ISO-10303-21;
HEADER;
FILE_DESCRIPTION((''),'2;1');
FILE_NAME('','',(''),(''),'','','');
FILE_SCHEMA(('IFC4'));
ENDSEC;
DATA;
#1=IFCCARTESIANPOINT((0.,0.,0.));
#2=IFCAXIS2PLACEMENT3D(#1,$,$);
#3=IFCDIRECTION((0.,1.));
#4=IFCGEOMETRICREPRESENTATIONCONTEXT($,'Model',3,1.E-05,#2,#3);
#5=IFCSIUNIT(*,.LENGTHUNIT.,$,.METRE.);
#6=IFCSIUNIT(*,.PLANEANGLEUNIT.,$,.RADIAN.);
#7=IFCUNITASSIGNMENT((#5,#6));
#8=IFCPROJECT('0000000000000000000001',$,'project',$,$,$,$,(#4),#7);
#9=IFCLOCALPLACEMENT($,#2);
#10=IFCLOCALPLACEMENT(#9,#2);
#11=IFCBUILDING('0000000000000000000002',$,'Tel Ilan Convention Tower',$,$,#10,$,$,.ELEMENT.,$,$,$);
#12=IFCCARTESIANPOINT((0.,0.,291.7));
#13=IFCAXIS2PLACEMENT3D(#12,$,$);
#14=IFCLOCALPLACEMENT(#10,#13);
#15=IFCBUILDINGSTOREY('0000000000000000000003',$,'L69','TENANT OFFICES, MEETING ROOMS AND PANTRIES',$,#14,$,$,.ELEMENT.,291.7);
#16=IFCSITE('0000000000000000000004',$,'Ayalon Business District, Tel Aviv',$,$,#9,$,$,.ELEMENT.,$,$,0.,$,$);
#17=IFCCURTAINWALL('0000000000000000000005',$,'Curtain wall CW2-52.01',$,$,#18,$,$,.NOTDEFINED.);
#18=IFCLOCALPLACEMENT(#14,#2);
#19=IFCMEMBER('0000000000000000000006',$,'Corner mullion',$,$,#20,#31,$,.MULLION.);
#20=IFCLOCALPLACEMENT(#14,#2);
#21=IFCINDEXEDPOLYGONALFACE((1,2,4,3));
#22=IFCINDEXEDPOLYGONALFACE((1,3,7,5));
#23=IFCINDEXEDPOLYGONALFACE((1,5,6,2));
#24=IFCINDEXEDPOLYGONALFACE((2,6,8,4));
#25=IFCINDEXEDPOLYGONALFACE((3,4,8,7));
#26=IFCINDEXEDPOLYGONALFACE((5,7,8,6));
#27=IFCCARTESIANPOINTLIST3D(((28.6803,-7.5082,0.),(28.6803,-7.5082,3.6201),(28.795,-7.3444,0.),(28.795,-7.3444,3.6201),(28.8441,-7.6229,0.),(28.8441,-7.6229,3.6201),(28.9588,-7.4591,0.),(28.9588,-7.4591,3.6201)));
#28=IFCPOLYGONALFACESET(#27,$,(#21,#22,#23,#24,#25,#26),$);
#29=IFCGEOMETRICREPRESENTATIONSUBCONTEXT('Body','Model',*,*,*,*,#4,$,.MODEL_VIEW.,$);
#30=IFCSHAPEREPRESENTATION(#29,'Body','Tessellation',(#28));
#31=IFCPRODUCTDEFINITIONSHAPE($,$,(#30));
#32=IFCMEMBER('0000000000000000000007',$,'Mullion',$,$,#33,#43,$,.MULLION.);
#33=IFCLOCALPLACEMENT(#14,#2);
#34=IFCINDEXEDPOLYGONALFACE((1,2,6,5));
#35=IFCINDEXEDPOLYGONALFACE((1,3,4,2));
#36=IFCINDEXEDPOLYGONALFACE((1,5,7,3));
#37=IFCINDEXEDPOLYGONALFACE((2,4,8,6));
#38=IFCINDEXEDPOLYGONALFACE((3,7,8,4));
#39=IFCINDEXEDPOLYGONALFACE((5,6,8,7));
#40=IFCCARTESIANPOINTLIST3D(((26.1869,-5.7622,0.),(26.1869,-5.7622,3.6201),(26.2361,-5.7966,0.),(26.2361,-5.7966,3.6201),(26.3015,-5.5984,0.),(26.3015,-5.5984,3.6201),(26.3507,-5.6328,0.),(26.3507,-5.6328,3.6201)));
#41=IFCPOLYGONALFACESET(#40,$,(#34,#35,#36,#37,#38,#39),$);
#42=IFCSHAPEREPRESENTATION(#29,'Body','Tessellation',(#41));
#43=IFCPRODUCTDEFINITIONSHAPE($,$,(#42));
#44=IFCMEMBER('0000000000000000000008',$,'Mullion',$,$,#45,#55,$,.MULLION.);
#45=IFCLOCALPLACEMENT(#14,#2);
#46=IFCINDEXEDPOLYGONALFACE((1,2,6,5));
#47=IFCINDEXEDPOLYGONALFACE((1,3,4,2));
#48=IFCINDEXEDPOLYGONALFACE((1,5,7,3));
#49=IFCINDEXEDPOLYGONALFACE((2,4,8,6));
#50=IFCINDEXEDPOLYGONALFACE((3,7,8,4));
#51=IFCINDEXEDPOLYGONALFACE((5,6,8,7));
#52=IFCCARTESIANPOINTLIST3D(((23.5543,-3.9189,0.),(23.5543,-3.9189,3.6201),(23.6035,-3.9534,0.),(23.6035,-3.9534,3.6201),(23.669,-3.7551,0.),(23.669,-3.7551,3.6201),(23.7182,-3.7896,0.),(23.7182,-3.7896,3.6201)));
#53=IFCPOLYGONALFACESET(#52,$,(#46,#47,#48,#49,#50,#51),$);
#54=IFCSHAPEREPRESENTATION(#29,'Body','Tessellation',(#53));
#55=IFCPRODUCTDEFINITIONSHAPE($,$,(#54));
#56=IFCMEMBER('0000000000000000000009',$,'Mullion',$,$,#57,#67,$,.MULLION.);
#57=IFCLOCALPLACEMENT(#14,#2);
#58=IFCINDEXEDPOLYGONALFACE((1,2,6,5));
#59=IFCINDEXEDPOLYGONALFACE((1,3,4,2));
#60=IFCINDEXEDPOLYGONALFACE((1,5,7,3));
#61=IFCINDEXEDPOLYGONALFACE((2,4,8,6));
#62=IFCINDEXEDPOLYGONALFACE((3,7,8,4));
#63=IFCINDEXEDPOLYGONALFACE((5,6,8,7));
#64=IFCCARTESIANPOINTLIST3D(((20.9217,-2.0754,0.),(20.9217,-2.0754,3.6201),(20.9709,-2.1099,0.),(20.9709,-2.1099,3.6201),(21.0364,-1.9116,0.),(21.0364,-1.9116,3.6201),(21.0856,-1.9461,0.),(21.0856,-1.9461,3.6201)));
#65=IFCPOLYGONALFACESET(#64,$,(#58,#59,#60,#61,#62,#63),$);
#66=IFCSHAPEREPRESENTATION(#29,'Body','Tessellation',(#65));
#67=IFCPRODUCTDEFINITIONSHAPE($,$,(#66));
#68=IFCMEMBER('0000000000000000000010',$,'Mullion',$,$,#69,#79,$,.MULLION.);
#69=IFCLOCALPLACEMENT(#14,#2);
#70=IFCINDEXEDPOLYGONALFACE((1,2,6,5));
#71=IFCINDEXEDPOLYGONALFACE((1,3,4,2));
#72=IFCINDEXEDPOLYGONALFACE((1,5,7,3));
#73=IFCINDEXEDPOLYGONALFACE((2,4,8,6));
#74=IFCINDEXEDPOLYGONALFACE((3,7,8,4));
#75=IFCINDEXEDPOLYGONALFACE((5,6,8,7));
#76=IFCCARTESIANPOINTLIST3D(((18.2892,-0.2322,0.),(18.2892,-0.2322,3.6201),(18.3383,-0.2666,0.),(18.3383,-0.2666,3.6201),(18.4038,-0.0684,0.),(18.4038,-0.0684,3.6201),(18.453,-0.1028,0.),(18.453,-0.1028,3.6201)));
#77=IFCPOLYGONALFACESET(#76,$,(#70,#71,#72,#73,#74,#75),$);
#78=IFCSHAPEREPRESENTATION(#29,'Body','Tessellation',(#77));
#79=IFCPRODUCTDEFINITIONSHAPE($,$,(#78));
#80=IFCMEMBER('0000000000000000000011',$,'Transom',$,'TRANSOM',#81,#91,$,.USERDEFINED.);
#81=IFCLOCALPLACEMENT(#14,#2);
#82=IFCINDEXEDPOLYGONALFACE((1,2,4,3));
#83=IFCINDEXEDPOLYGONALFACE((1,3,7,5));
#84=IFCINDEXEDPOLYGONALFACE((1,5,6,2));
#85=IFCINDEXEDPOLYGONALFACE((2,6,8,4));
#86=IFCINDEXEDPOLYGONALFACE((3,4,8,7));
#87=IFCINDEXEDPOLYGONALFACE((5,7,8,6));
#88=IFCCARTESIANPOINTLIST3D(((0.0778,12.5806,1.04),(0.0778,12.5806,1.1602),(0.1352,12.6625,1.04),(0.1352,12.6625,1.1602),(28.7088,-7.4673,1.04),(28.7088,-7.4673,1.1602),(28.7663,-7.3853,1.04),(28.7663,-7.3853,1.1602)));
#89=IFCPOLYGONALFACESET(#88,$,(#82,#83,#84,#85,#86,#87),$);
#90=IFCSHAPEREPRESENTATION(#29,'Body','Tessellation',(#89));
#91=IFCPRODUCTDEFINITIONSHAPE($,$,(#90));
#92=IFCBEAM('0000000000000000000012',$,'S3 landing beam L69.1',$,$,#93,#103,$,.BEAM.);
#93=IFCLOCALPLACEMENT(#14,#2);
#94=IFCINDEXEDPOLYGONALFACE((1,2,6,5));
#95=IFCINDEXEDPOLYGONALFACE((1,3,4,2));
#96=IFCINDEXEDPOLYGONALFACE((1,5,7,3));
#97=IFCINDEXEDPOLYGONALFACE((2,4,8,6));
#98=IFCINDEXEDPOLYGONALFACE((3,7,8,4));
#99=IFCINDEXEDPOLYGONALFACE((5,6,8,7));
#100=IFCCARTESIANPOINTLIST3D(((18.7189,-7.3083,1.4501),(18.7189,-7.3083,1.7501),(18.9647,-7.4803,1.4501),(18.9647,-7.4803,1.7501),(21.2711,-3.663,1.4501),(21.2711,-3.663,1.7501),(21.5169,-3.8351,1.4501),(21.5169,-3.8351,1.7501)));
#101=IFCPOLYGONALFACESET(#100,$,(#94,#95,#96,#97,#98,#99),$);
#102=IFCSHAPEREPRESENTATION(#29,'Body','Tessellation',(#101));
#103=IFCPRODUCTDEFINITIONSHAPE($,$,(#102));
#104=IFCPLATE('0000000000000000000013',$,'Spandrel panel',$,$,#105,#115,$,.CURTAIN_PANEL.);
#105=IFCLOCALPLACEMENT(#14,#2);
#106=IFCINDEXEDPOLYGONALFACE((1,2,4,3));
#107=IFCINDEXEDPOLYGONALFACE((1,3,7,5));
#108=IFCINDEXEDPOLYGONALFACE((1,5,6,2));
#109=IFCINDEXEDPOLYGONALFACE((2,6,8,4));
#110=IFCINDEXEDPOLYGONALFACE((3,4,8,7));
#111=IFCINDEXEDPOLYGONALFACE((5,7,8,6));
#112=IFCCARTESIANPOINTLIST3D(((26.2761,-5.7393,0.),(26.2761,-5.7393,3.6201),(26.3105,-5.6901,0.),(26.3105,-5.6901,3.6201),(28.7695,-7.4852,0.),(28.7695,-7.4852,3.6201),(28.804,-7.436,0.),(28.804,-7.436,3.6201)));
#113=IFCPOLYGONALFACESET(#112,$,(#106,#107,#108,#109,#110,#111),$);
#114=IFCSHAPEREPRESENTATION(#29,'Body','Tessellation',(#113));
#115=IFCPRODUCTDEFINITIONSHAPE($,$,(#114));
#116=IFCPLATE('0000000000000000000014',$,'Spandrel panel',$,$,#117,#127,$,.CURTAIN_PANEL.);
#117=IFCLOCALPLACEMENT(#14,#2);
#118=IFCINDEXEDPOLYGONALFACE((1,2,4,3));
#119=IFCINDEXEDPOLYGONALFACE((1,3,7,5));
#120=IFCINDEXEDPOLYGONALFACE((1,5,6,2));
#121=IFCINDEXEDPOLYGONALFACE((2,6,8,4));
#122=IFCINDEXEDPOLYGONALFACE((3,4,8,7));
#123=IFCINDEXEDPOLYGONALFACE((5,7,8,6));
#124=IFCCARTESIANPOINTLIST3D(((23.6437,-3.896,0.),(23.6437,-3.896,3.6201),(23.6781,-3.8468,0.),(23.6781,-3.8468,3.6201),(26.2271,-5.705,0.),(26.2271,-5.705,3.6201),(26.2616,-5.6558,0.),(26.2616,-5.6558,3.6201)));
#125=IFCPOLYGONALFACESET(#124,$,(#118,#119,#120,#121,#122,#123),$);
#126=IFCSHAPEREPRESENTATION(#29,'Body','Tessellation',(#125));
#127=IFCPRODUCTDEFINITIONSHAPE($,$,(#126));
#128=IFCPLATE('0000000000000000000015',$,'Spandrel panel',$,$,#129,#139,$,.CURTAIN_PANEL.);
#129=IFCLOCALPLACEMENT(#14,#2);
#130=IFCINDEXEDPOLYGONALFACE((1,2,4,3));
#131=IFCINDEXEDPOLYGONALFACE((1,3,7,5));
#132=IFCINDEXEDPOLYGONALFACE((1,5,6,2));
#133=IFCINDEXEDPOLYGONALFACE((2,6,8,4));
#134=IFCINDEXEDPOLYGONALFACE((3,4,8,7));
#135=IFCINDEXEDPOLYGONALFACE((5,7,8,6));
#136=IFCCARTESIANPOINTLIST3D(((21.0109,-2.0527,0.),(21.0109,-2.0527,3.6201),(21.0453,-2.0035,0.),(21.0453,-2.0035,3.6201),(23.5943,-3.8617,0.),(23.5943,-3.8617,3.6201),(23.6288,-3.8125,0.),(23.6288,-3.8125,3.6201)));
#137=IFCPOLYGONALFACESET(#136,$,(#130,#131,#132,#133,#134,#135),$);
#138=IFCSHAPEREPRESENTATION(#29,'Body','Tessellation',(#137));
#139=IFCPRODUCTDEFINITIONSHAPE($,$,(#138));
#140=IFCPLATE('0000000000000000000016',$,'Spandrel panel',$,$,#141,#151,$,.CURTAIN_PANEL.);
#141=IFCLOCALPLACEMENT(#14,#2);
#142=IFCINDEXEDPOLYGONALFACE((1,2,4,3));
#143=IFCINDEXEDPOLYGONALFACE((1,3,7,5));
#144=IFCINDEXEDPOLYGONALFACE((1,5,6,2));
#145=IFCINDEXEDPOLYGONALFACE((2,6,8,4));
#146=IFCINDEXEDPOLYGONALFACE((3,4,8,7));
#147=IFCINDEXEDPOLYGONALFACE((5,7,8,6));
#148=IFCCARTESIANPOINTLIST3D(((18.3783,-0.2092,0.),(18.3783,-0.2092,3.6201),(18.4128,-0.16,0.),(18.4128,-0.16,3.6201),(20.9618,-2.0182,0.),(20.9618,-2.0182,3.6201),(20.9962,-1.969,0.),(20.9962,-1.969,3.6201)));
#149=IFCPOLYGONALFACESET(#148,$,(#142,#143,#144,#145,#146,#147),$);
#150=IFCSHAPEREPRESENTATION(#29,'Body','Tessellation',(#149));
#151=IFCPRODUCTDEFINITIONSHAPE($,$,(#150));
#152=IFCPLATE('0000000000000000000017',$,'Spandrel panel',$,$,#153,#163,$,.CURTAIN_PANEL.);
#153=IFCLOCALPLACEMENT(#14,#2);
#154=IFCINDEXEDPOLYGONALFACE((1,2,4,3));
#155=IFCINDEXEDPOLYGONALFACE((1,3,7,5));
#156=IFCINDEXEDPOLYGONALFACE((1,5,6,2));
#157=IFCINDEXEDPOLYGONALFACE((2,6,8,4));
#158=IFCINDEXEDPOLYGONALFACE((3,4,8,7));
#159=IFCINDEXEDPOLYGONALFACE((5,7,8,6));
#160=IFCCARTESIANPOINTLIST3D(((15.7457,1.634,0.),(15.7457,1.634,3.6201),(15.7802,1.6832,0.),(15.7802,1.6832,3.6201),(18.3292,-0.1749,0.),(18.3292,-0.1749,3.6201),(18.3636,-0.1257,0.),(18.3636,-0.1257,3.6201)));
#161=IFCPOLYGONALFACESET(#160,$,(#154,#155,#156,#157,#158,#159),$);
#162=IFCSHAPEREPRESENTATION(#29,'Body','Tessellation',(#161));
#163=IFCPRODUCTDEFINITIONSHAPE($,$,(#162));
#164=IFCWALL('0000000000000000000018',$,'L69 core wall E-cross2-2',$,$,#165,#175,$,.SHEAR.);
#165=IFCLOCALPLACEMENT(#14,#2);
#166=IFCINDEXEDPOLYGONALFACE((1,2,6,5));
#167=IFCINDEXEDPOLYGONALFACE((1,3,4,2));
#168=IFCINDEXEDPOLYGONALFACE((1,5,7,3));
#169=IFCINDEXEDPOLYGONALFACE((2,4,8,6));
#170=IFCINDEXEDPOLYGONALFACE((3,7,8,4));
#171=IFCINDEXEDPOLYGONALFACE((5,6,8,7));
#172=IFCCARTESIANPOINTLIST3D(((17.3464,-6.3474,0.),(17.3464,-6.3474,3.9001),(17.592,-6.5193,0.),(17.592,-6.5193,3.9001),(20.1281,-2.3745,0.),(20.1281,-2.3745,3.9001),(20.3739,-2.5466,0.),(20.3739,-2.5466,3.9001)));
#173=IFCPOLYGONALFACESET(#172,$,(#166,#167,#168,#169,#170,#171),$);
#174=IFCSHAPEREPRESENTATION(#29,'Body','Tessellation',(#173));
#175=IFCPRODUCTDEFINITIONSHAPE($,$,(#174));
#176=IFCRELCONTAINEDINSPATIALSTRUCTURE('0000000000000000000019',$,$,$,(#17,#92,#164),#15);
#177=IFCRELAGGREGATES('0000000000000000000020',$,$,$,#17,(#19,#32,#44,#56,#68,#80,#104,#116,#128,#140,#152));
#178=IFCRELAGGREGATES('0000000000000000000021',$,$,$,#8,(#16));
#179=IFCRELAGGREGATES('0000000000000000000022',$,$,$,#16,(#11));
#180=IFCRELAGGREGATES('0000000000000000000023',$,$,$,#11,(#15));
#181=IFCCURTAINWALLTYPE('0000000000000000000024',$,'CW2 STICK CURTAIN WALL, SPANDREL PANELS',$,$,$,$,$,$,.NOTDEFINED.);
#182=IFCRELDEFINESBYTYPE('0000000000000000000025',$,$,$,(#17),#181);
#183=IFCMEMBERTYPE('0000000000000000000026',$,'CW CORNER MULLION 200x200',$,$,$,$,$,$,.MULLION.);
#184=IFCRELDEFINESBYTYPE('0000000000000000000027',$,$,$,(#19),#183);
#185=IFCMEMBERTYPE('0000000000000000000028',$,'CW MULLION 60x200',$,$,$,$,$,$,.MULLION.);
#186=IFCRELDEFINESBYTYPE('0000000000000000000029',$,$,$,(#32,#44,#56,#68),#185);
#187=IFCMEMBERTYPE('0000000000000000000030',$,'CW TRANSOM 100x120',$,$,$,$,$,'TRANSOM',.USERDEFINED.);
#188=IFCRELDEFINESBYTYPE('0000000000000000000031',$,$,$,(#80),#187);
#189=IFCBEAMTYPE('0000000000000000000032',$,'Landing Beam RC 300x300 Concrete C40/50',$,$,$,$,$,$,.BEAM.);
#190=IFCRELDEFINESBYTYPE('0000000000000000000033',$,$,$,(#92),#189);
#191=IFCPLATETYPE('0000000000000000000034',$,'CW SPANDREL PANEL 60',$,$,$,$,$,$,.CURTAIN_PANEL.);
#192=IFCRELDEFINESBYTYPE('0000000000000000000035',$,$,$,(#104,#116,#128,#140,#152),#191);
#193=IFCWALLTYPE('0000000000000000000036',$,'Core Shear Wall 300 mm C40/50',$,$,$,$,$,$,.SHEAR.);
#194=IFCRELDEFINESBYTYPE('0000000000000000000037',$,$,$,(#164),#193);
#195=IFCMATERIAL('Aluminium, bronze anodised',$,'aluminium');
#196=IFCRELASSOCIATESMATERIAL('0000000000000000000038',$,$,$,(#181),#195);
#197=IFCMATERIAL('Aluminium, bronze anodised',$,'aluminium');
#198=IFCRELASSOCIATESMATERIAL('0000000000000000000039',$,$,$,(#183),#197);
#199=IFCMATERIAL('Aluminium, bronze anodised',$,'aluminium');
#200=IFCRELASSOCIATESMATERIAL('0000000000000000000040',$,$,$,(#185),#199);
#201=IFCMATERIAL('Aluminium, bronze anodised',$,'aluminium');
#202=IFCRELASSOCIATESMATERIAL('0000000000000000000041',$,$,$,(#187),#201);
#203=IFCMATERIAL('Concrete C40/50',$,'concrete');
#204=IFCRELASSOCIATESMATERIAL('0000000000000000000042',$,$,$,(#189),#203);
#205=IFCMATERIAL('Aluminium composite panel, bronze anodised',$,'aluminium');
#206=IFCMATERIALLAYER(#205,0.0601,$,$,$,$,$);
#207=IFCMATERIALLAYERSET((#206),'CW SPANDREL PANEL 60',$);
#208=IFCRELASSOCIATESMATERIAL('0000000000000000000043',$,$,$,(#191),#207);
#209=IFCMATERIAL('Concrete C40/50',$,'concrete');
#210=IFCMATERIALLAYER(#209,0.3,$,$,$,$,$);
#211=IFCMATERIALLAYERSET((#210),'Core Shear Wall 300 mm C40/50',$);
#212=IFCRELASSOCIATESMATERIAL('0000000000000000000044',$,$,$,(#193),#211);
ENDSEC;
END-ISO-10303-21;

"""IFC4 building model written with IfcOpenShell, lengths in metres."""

from ifc_helpers import new_model, si_unit, direction, frame, origin, origin_2d, place, context, subcontext, project, spatial, polyline, rectangle, outline, extrude, material, layer, layer_set, material_profile, profile_set, type_object, element, aggregate, save


model = new_model("IFC4")

# Units and contexts
model_context = context("Model", 3, precision=1e-05, world=origin(), true_north=direction((0.0, 1.0)))
body_context = subcontext(model_context, "Body", "Model", "MODEL_VIEW")
ifc_project = project(units=[si_unit("LENGTHUNIT", "METRE"), si_unit("PLANEANGLEUNIT", "RADIAN")], contexts=[model_context])

# Site, building, storey
site_placement = place(None, origin())
site = spatial("IfcSite", under=ifc_project, at=site_placement, Name="Ayalon Business District, Tel Aviv", CompositionType="ELEMENT", RefElevation=0.0)
building_placement = place(site_placement, origin())
building = spatial("IfcBuilding", under=site, at=building_placement, Name="Tel Ilan Convention Tower", CompositionType="ELEMENT")
storey_placement = place(building_placement, frame((0.0, 0.0, 291.7)))
storey = spatial("IfcBuildingStorey", under=building, at=storey_placement, Name="L69", Description="TENANT OFFICES, MEETING ROOMS AND PANTRIES", CompositionType="ELEMENT", Elevation=291.7)

# Curtain wall, members
ifc_material_1 = material(Name="Aluminium, bronze anodised", Category="aluminium")
curtain_wall_type = type_object("IfcCurtainWallType", Name="CW2 STICK CURTAIN WALL, SPANDREL PANELS", PredefinedType="NOTDEFINED", material=ifc_material_1)
curtain_wall_placement = place(storey_placement, origin())
curtain_wall = element("IfcCurtainWall", 1, at=curtain_wall_placement, inside=storey, type_object=curtain_wall_type, Name="Curtain wall CW2-52.01", PredefinedType="NOTDEFINED")
ifc_material_2 = material(Name="Aluminium, bronze anodised", Category="aluminium")
ifc_material_profile_1 = material_profile(ifc_material_2, rectangle(XDim=0.2, YDim=0.2, at=origin_2d()), Name="CW CORNER MULLION 200x200")
ifc_profile_set_1 = profile_set([ifc_material_profile_1], Name="Aluminium, bronze anodised")
member_type_1 = type_object("IfcMemberType", Name="CW CORNER MULLION 200x200", PredefinedType="MULLION", material=ifc_profile_set_1)
member_1_placement = place(storey_placement, frame((28.8196, -7.4836, 0.0), z_axis=(0.0, 0.0, 1.0), x_axis=(0.573576, 0.819152, 0.0)))
member_1 = element("IfcMember", 2, at=member_1_placement, type_object=member_type_1, Name="Corner mullion", PredefinedType="MULLION", context=body_context, shape_type="SweptSolid", body=[
    extrude(rectangle(XDim=0.2, YDim=0.2, at=origin_2d()), origin(), (0.0, 0.0, 1.0), 3.6201),
])
ifc_material_3 = material(Name="Aluminium, bronze anodised", Category="aluminium")
ifc_material_profile_2 = material_profile(ifc_material_3, rectangle(XDim=0.0601, YDim=0.2, at=origin_2d()), Name="CW MULLION 60x200")
ifc_profile_set_2 = profile_set([ifc_material_profile_2], Name="Aluminium, bronze anodised")
member_type_2 = type_object("IfcMemberType", Name="CW MULLION 60x200", PredefinedType="MULLION", material=ifc_profile_set_2)
member_2_placement = place(storey_placement, frame((26.2688, -5.6975, 0.0), z_axis=(0.0, 0.0, 1.0), x_axis=(-0.819152, 0.573576, 0.0)))
member_2 = element("IfcMember", 3, at=member_2_placement, type_object=member_type_2, Name="Mullion", PredefinedType="MULLION", context=body_context, shape_type="SweptSolid", body=[
    extrude(rectangle(XDim=0.0601, YDim=0.2, at=origin_2d()), origin(), (0.0, 0.0, 1.0), 3.6201),
])
member_3_placement = place(storey_placement, frame((23.6362, -3.8542, 0.0), z_axis=(0.0, 0.0, 1.0), x_axis=(-0.819152, 0.573576, 0.0)))
member_3 = element("IfcMember", 4, at=member_3_placement, type_object=member_type_2, Name="Mullion", PredefinedType="MULLION", context=body_context, shape_type="SweptSolid", body=[
    extrude(rectangle(XDim=0.0601, YDim=0.2, at=origin_2d()), origin(), (0.0, 0.0, 1.0), 3.6201),
])
member_4_placement = place(storey_placement, frame((21.0037, -2.0107, 0.0), z_axis=(0.0, 0.0, 1.0), x_axis=(-0.819152, 0.573576, 0.0)))
member_4 = element("IfcMember", 5, at=member_4_placement, type_object=member_type_2, Name="Mullion", PredefinedType="MULLION", context=body_context, shape_type="SweptSolid", body=[
    extrude(rectangle(XDim=0.0601, YDim=0.2, at=origin_2d()), origin(), (0.0, 0.0, 1.0), 3.6201),
])
member_5_placement = place(storey_placement, frame((18.3711, -0.1675, 0.0), z_axis=(0.0, 0.0, 1.0), x_axis=(-0.819152, 0.573576, 0.0)))
member_5 = element("IfcMember", 6, at=member_5_placement, type_object=member_type_2, Name="Mullion", PredefinedType="MULLION", context=body_context, shape_type="SweptSolid", body=[
    extrude(rectangle(XDim=0.0601, YDim=0.2, at=origin_2d()), origin(), (0.0, 0.0, 1.0), 3.6201),
])
ifc_material_4 = material(Name="Aluminium, bronze anodised", Category="aluminium")
ifc_material_profile_3 = material_profile(ifc_material_4, rectangle(XDim=0.1001, YDim=0.1201, at=origin_2d()), Name="CW TRANSOM 100x120")
ifc_profile_set_3 = profile_set([ifc_material_profile_3], Name="Aluminium, bronze anodised")
member_type_3 = type_object("IfcMemberType", Name="CW TRANSOM 100x120", ElementType="TRANSOM", PredefinedType="USERDEFINED", material=ifc_profile_set_3)
member_6_placement = place(storey_placement, frame((28.7375, -7.4263, 1.1001), z_axis=(-0.81915, 0.573579, 0.0), x_axis=(-0.573579, -0.81915, 0.0)))
member_6 = element("IfcMember", 7, at=member_6_placement, type_object=member_type_3, Name="Transom", ObjectType="TRANSOM", PredefinedType="USERDEFINED", context=body_context, shape_type="SweptSolid", body=[
    extrude(rectangle(XDim=0.1001, YDim=0.1201, at=origin_2d()), origin(), (0.0, 0.0, 1.0), 34.9521),
])

# Beam
ifc_material_5 = material(Name="Concrete C40/50", Category="concrete")
ifc_material_profile_4 = material_profile(ifc_material_5, rectangle(XDim=0.3, YDim=0.3, at=origin_2d()), Name="RC 300x300")
ifc_profile_set_4 = profile_set([ifc_material_profile_4], Name="Concrete C40/50")
beam_type = type_object("IfcBeamType", Name="Landing Beam RC 300x300 Concrete C40/50", PredefinedType="BEAM", material=ifc_profile_set_4)
beam_placement = place(storey_placement, frame((21.394, -3.749, 1.6001), z_axis=(-0.573547, -0.819173, 0.0), x_axis=(0.819173, -0.573547, 0.0)))
element("IfcBeam", 8, at=beam_placement, inside=storey, type_object=beam_type, Name="S3 landing beam L69.1", PredefinedType="BEAM", context=body_context, shape_type="SweptSolid", body=[
    extrude(rectangle(XDim=0.3, YDim=0.3, at=origin_2d()), origin(), (0.0, 0.0, 1.0), 4.45),
])

# Plates
ifc_material_6 = material(Name="Aluminium composite panel, bronze anodised", Category="aluminium")
ifc_layer_1 = layer(ifc_material_6, 0.0601)
ifc_layer_set_1 = layer_set([ifc_layer_1], Name="CW SPANDREL PANEL 60")
plate_type = type_object("IfcPlateType", Name="CW SPANDREL PANEL 60", PredefinedType="CURTAIN_PANEL", material=ifc_layer_set_1)
plate_1_placement = place(storey_placement, frame((27.54, -6.5876, 0.0), z_axis=(0.0, 0.0, 1.0), x_axis=(-0.819152, 0.573576, 0.0)))
plate_1 = element("IfcPlate", 9, at=plate_1_placement, type_object=plate_type, Name="Spandrel panel", PredefinedType="CURTAIN_PANEL", context=body_context, shape_type="SweptSolid", body=[
    extrude(rectangle(XDim=3.0439, YDim=0.0601, at=origin_2d()), origin(), (0.0, 0.0, 1.0), 3.6201),
])
plate_2_placement = place(storey_placement, frame((24.9526, -4.7759, 0.0), z_axis=(0.0, 0.0, 1.0), x_axis=(-0.819152, 0.573576, 0.0)))
plate_2 = element("IfcPlate", 10, at=plate_2_placement, type_object=plate_type, Name="Spandrel panel", PredefinedType="CURTAIN_PANEL", context=body_context, shape_type="SweptSolid", body=[
    extrude(rectangle(XDim=3.1538, YDim=0.0601, at=origin_2d()), origin(), (0.0, 0.0, 1.0), 3.6201),
])
plate_3_placement = place(storey_placement, frame((22.3198, -2.9326, 0.0), z_axis=(0.0, 0.0, 1.0), x_axis=(-0.819152, 0.573576, 0.0)))
plate_3 = element("IfcPlate", 11, at=plate_3_placement, type_object=plate_type, Name="Spandrel panel", PredefinedType="CURTAIN_PANEL", context=body_context, shape_type="SweptSolid", body=[
    extrude(rectangle(XDim=3.1538, YDim=0.0601, at=origin_2d()), origin(), (0.0, 0.0, 1.0), 3.6201),
])
plate_4_placement = place(storey_placement, frame((19.6873, -1.0891, 0.0), z_axis=(0.0, 0.0, 1.0), x_axis=(-0.819152, 0.573576, 0.0)))
plate_4 = element("IfcPlate", 12, at=plate_4_placement, type_object=plate_type, Name="Spandrel panel", PredefinedType="CURTAIN_PANEL", context=body_context, shape_type="SweptSolid", body=[
    extrude(rectangle(XDim=3.1538, YDim=0.0601, at=origin_2d()), origin(), (0.0, 0.0, 1.0), 3.6201),
])
plate_5_placement = place(storey_placement, frame((17.0547, 0.7542, 0.0), z_axis=(0.0, 0.0, 1.0), x_axis=(-0.819152, 0.573576, 0.0)))
plate_5 = element("IfcPlate", 13, at=plate_5_placement, type_object=plate_type, Name="Spandrel panel", PredefinedType="CURTAIN_PANEL", context=body_context, shape_type="SweptSolid", body=[
    extrude(rectangle(XDim=3.1538, YDim=0.0601, at=origin_2d()), origin(), (0.0, 0.0, 1.0), 3.6201),
])
aggregate(curtain_wall, [member_1, member_2, member_3, member_4, member_5, member_6, plate_1, plate_2, plate_3, plate_4, plate_5])

# Wall
ifc_material_7 = material(Name="Concrete C40/50", Category="concrete")
ifc_layer_2 = layer(ifc_material_7, 0.3)
ifc_layer_set_2 = layer_set([ifc_layer_2], Name="Core Shear Wall 300 mm C40/50")
wall_type_1 = type_object("IfcWallType", Name="Core Shear Wall 300 mm C40/50", PredefinedType="SHEAR", material=ifc_layer_set_2)
wall_1_placement = place(storey_placement, frame((17.4692, -6.4333, 0.0), z_axis=(0.0, 0.0, 1.0), x_axis=(0.573594, 0.81914, 0.0)))
element("IfcWall", 14, at=wall_1_placement, inside=storey, type_object=wall_type_1, Name="L69 core wall E-cross2-2", PredefinedType="SHEAR", context=body_context, shape_type="SweptSolid", body=[
    extrude(outline(polyline([(4.8499, -0.1499), (4.8499, 0.1501), (0.0, 0.1499), (0.0, -0.1499), (4.8499, -0.1499)])), origin(), (0.0, 0.0, 1.0), 3.9001),
])

save(model, "model.ifc")
